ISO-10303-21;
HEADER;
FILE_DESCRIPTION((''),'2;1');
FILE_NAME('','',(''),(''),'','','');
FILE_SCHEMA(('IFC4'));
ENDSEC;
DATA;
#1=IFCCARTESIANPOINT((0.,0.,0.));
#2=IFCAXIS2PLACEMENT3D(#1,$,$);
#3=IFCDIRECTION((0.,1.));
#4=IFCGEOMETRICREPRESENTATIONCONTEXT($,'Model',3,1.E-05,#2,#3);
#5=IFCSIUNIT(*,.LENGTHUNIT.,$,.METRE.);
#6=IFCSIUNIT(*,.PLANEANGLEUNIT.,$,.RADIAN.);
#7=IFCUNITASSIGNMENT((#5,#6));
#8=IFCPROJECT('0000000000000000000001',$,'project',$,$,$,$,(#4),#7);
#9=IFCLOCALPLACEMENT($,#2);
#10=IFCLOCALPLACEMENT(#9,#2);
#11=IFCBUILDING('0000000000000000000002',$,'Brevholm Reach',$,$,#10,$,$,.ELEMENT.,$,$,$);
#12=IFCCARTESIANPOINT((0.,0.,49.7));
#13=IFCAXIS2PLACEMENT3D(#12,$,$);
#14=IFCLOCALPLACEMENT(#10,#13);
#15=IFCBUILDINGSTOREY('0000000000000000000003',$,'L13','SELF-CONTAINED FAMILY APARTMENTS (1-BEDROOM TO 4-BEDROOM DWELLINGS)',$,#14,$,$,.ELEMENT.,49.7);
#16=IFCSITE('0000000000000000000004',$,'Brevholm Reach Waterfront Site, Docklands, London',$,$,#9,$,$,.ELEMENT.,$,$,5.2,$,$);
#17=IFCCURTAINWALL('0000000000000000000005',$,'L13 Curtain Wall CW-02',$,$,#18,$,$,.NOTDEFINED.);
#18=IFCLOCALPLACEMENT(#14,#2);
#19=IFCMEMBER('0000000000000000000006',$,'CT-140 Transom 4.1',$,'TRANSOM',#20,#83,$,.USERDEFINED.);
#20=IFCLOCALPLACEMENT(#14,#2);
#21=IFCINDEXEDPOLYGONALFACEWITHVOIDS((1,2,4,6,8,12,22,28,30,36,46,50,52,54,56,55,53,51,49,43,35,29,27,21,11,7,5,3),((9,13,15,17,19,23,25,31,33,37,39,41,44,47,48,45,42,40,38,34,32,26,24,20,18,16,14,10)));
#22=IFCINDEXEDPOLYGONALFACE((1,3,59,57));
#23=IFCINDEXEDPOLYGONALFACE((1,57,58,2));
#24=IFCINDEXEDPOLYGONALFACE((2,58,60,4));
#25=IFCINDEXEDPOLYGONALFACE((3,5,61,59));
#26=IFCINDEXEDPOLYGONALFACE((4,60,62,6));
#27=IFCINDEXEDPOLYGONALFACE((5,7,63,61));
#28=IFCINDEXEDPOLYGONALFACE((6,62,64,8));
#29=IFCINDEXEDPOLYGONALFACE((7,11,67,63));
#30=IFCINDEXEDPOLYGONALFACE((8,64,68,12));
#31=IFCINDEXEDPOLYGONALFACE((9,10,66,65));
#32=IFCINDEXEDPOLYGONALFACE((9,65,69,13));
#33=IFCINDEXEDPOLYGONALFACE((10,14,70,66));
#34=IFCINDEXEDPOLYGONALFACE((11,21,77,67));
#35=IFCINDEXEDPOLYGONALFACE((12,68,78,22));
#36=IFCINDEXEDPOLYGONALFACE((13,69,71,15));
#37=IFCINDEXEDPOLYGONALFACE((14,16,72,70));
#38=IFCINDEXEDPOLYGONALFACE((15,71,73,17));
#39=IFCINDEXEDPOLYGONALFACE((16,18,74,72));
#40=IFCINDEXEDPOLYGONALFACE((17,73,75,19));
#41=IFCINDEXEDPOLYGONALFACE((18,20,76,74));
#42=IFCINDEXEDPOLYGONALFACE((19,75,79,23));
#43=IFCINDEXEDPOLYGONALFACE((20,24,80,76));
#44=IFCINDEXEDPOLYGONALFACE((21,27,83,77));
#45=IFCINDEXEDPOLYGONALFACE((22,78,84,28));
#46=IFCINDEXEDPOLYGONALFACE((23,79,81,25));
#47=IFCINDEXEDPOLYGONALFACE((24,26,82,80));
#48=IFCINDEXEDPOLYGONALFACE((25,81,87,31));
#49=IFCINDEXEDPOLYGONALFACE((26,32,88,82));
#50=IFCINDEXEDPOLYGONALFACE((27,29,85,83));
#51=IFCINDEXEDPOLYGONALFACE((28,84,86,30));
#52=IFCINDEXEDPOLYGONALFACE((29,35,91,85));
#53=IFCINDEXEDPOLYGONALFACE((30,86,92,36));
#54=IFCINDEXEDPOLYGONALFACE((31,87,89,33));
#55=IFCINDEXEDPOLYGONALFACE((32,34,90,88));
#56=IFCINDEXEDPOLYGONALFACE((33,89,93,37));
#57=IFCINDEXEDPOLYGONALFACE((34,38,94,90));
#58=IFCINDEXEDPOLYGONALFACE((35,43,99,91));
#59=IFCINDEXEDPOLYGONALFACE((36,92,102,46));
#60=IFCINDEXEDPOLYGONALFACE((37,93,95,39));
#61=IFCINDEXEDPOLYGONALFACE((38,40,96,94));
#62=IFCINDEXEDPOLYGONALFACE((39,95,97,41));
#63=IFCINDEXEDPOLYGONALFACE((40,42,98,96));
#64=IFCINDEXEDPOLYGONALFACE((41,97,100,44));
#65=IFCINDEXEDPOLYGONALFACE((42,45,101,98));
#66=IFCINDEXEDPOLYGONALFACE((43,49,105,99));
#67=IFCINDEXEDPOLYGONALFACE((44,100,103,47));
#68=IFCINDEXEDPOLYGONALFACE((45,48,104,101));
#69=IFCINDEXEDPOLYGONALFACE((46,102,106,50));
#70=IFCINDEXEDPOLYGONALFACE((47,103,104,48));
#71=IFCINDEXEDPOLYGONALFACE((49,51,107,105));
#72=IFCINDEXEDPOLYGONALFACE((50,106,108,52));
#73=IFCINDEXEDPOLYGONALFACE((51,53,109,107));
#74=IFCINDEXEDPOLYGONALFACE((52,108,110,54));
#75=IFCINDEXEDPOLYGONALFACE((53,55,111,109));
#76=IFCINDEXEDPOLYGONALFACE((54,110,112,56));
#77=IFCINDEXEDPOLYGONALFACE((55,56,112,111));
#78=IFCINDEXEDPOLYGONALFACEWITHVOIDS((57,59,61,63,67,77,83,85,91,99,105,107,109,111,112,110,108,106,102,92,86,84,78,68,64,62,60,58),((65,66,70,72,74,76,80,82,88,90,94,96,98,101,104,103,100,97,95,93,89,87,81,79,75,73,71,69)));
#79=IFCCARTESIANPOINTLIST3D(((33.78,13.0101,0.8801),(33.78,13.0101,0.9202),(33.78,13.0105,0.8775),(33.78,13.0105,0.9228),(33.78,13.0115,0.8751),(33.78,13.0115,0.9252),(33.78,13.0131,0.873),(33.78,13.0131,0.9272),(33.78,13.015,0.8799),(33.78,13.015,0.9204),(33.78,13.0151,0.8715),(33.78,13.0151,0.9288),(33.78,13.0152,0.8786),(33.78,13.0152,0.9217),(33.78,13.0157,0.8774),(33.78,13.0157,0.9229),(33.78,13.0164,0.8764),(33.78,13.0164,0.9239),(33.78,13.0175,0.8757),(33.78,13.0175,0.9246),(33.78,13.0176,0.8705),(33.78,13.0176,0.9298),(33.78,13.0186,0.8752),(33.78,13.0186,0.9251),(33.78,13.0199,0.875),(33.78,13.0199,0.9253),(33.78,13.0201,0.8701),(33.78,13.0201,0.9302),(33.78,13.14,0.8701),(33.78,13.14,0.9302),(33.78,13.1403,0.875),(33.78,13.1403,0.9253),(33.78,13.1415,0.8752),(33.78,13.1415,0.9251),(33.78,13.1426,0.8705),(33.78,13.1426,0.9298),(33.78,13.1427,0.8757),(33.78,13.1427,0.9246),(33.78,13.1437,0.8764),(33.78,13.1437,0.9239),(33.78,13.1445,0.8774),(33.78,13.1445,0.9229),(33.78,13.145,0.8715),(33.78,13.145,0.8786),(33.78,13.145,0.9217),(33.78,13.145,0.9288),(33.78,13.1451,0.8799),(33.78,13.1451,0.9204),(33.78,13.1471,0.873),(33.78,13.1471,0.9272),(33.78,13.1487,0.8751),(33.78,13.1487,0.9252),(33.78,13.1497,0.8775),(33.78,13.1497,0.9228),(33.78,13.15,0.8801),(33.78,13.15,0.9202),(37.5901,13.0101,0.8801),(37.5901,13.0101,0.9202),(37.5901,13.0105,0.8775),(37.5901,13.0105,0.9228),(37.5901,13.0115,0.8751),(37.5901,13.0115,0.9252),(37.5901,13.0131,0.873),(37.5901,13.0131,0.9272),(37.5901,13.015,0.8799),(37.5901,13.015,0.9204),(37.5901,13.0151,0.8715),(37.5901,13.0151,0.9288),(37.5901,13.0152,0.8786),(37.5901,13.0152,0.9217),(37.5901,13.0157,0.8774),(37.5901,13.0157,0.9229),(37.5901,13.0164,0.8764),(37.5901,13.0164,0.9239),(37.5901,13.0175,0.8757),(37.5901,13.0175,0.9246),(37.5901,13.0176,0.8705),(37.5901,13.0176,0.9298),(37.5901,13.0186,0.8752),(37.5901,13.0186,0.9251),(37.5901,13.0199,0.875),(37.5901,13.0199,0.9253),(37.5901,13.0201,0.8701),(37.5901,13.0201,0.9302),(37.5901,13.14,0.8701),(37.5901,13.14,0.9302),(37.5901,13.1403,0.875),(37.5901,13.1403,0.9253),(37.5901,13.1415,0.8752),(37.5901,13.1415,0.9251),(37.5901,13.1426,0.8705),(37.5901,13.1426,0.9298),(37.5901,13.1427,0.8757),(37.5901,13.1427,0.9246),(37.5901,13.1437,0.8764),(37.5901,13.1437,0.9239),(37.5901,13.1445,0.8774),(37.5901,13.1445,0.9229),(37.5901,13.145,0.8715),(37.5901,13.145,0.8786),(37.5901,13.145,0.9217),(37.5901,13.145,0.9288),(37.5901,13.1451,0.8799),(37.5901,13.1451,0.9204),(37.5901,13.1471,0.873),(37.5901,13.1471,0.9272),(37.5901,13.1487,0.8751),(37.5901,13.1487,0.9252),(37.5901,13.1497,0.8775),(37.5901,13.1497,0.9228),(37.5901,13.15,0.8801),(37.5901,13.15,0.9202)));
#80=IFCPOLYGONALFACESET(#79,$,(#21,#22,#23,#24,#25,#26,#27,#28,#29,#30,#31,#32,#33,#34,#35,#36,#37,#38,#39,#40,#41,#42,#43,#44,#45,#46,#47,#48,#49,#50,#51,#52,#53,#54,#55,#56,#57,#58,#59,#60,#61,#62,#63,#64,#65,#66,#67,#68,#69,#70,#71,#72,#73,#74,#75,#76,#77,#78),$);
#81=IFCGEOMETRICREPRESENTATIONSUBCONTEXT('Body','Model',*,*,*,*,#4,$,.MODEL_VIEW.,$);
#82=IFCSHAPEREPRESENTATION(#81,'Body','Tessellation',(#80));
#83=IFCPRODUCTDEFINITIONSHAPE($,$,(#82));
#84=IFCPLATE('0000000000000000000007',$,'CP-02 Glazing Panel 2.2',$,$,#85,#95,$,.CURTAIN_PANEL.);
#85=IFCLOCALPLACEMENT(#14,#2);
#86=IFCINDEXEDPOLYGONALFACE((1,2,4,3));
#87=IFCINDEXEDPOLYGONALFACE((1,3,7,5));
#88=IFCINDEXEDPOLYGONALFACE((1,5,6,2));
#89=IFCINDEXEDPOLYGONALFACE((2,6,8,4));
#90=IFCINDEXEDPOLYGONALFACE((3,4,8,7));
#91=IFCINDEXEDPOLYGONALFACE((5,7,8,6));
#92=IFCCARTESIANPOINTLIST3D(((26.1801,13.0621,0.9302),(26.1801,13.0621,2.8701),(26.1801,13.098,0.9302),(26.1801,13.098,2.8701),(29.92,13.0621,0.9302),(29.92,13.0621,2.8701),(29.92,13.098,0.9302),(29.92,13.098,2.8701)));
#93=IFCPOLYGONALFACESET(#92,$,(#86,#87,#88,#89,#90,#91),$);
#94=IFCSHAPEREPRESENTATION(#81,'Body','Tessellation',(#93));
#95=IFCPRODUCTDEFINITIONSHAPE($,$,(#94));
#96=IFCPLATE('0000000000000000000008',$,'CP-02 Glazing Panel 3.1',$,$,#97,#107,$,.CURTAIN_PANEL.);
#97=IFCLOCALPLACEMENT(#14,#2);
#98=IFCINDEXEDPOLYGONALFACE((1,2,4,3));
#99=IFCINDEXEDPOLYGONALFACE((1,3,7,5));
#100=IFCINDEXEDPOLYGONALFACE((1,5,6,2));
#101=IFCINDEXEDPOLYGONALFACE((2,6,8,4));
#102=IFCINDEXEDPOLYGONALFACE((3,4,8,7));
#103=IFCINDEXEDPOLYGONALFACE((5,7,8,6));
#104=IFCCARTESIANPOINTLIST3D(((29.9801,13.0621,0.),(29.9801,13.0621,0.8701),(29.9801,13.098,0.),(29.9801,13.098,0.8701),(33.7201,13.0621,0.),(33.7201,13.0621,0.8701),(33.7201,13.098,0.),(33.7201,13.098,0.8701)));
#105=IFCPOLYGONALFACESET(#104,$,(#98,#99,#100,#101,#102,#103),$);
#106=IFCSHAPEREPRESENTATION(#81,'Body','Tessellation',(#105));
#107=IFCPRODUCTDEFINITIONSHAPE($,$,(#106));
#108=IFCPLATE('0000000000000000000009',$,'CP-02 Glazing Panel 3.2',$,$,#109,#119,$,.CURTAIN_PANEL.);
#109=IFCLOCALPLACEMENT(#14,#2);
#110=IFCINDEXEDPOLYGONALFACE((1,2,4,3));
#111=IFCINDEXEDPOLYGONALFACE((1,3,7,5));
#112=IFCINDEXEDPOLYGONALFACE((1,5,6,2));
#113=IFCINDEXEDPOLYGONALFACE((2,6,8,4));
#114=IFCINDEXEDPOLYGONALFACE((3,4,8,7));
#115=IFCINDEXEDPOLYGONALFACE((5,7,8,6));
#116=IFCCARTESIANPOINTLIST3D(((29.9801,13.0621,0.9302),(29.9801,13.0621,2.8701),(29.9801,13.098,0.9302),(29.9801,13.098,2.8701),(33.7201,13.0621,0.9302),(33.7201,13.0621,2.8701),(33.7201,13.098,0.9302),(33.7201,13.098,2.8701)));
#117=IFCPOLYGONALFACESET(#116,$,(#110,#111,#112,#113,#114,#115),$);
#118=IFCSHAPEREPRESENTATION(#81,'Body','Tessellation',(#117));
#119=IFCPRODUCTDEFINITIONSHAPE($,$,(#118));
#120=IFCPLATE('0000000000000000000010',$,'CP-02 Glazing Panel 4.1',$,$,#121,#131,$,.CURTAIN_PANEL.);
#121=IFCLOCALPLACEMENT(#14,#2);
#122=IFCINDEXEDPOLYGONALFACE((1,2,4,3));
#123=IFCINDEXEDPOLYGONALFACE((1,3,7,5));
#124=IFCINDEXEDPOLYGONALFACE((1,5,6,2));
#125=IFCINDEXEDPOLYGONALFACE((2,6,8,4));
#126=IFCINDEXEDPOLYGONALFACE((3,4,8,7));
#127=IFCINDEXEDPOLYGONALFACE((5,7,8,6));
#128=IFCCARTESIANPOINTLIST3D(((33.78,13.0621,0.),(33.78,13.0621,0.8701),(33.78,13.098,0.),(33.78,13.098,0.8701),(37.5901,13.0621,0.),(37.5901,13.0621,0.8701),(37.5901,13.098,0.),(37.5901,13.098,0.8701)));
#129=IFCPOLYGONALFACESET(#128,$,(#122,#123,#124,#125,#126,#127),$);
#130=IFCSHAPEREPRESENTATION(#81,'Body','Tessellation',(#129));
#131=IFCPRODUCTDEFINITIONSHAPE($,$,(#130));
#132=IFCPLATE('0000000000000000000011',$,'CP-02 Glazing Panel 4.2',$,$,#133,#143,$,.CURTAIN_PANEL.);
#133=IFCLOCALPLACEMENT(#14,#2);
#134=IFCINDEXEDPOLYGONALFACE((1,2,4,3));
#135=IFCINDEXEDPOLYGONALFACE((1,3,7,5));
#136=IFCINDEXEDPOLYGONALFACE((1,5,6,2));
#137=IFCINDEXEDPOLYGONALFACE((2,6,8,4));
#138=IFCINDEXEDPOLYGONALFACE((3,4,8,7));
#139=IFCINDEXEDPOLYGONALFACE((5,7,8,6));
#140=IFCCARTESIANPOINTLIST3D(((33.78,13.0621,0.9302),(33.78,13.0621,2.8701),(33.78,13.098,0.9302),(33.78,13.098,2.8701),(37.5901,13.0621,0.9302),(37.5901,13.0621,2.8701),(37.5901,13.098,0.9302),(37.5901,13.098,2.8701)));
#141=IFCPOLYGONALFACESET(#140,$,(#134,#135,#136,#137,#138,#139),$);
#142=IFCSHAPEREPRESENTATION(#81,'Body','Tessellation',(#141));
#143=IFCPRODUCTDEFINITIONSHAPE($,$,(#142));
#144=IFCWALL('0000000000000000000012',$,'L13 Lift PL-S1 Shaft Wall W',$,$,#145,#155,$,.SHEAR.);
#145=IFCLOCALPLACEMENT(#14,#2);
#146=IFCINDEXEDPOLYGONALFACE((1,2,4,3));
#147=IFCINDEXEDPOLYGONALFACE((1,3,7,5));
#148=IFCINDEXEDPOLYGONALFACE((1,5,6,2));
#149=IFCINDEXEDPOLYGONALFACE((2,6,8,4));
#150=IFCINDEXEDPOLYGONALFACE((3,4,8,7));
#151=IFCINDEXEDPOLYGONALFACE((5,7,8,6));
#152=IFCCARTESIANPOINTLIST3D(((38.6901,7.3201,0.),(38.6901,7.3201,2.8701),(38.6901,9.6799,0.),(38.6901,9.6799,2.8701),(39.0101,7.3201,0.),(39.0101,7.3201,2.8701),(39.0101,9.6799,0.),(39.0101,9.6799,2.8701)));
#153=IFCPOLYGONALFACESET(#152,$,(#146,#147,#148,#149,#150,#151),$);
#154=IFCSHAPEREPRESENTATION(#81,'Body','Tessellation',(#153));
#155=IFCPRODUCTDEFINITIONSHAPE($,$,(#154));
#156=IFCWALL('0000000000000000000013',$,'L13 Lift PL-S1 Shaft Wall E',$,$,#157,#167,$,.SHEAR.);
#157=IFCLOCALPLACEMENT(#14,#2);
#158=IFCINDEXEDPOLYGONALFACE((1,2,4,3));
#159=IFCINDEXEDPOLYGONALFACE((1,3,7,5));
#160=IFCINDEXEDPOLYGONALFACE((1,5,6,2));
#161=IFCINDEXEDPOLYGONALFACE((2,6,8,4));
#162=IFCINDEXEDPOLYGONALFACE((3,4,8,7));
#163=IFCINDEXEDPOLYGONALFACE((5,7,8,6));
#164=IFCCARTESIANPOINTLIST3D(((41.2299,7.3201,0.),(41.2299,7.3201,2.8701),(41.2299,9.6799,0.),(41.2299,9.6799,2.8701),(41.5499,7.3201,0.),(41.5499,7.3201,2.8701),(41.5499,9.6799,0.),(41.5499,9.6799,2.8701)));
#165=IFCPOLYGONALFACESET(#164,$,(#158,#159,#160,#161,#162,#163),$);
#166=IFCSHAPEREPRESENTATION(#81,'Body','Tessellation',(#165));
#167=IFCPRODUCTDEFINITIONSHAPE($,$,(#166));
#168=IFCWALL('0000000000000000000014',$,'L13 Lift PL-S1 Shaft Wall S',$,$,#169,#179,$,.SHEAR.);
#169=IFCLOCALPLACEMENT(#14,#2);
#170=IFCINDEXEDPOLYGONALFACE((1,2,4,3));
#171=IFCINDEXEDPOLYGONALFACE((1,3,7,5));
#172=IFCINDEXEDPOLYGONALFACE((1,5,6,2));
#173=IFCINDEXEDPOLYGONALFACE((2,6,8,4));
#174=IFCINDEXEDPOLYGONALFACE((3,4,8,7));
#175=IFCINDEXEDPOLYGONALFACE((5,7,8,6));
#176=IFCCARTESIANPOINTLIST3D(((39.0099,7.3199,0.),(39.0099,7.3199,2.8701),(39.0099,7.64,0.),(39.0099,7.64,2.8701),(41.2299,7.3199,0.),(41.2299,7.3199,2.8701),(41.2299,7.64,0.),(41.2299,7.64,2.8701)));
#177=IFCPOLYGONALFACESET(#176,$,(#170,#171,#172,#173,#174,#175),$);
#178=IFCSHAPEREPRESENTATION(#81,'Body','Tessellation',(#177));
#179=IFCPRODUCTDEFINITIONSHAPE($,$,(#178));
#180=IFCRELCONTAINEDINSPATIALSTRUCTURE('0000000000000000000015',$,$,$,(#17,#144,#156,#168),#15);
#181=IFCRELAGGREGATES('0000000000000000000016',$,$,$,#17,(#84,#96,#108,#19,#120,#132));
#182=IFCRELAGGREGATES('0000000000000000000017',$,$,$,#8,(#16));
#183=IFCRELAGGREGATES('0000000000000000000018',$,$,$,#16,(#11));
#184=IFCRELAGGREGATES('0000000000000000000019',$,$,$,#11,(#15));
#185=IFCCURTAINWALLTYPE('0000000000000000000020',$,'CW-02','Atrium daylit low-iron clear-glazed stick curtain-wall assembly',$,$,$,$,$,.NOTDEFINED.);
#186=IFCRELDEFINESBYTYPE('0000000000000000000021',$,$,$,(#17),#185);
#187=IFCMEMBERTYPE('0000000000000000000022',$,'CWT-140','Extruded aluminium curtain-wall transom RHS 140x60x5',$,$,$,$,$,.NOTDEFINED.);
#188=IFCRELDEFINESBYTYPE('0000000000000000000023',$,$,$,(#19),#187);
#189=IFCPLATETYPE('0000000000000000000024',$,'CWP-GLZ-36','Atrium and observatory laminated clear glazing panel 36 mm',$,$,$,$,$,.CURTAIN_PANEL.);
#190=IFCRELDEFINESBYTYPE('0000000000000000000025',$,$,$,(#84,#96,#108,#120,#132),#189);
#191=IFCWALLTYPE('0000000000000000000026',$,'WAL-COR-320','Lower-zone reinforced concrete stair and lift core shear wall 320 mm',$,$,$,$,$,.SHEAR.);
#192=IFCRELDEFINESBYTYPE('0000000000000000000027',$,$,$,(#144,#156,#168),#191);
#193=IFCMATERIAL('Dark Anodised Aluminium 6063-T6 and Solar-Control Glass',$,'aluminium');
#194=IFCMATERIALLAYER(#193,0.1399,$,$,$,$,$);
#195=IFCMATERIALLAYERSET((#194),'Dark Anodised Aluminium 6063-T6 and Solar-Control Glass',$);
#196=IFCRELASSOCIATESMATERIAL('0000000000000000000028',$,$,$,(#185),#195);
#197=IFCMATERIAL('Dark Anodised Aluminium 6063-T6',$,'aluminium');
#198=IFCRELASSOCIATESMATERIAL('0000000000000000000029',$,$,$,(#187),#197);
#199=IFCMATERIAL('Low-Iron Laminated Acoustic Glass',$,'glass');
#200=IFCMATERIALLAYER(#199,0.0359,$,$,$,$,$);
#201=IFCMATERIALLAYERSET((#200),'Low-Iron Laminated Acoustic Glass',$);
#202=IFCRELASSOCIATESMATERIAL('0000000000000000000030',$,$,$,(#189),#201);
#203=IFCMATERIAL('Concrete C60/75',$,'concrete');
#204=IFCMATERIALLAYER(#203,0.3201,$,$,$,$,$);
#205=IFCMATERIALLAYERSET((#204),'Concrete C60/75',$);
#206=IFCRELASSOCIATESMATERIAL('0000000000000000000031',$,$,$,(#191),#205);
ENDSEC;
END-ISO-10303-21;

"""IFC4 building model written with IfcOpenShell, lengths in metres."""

from ifc_helpers import new_model, si_unit, direction, frame, frame_2d, origin, origin_2d, place, context, subcontext, project, spatial, rectangle, hollow_rectangle, extrude, material, layer, layer_set, material_profile, profile_set, type_object, element, aggregate, save


model = new_model("IFC4")

# Units and contexts
model_context = context("Model", 3, precision=1e-05, world=origin(), true_north=direction((0.0, 1.0)))
body_context = subcontext(model_context, "Body", "Model", "MODEL_VIEW")
ifc_project = project(units=[si_unit("LENGTHUNIT", "METRE"), si_unit("PLANEANGLEUNIT", "RADIAN")], contexts=[model_context])

# Site, building, storey
site_placement = place(None, origin())
site = spatial("IfcSite", under=ifc_project, at=site_placement, Name="Brevholm Reach Waterfront Site, Docklands, London", CompositionType="ELEMENT", RefElevation=5.2)
building_placement = place(site_placement, origin())
building = spatial("IfcBuilding", under=site, at=building_placement, Name="Brevholm Reach", CompositionType="ELEMENT")
storey_placement = place(building_placement, frame((0.0, 0.0, 49.7)))
storey = spatial("IfcBuildingStorey", under=building, at=storey_placement, Name="L13", Description="SELF-CONTAINED FAMILY APARTMENTS (1-BEDROOM TO 4-BEDROOM DWELLINGS)", CompositionType="ELEMENT", Elevation=49.7)

# Curtain wall, member, plates
ifc_material_1 = material(Name="Dark Anodised Aluminium 6063-T6 and Solar-Control Glass", Category="aluminium")
ifc_layer_1 = layer(ifc_material_1, 0.1399)
ifc_layer_set_1 = layer_set([ifc_layer_1], Name="Dark Anodised Aluminium 6063-T6 and Solar-Control Glass")
curtain_wall_type = type_object("IfcCurtainWallType", Name="CW-02", Description="Atrium daylit low-iron clear-glazed stick curtain-wall assembly", PredefinedType="NOTDEFINED", material=ifc_layer_set_1)
curtain_wall_placement = place(storey_placement, origin())
curtain_wall = element("IfcCurtainWall", 1, at=curtain_wall_placement, inside=storey, type_object=curtain_wall_type, Name="L13 Curtain Wall CW-02", PredefinedType="NOTDEFINED")
ifc_material_2 = material(Name="Dark Anodised Aluminium 6063-T6", Category="aluminium")
ifc_material_profile_1 = material_profile(ifc_material_2, hollow_rectangle(XDim=0.0601, YDim=0.1399, WallThickness=0.0049, InnerFilletRadius=0.0049, OuterFilletRadius=0.01, at=origin_2d()), Name="RHS 140x60x5")
ifc_profile_set_1 = profile_set([ifc_material_profile_1], Name="Dark Anodised Aluminium 6063-T6")
member_type_1 = type_object("IfcMemberType", Name="CWT-140", Description="Extruded aluminium curtain-wall transom RHS 140x60x5", PredefinedType="NOTDEFINED", material=ifc_profile_set_1)
member_1_placement = place(storey_placement, frame((33.78, 13.0801, 0.9001), z_axis=(1.0, 0.0, 0.0), x_axis=(0.0, 0.0, 1.0)))
member_1 = element("IfcMember", 2, at=member_1_placement, type_object=member_type_1, Name="CT-140 Transom 4.1", ObjectType="TRANSOM", PredefinedType="USERDEFINED", context=body_context, shape_type="SweptSolid", body=[
    extrude(hollow_rectangle(XDim=0.0601, YDim=0.1399, WallThickness=0.0049, InnerFilletRadius=0.0049, OuterFilletRadius=0.01, at=origin_2d()), origin(), (0.0, 0.0, 1.0), 3.8101),
])
ifc_material_3 = material(Name="Low-Iron Laminated Acoustic Glass", Category="glass")
ifc_layer_2 = layer(ifc_material_3, 0.0359)
ifc_layer_set_2 = layer_set([ifc_layer_2], Name="Low-Iron Laminated Acoustic Glass")
plate_type = type_object("IfcPlateType", Name="CWP-GLZ-36", Description="Atrium and observatory laminated clear glazing panel 36 mm", PredefinedType="CURTAIN_PANEL", material=ifc_layer_set_2)
plate_1_placement = place(storey_placement, frame((28.05, 13.0801, 0.9302), z_axis=(0.0, 0.0, 1.0), x_axis=(1.0, 0.0, 0.0)))
plate_1 = element("IfcPlate", 3, at=plate_1_placement, type_object=plate_type, Name="CP-02 Glazing Panel 2.2", PredefinedType="CURTAIN_PANEL", context=body_context, shape_type="SweptSolid", body=[
    extrude(rectangle(XDim=3.74, YDim=0.0359, at=origin_2d()), origin(), (0.0, 0.0, 1.0), 1.9399),
])
plate_2_placement = place(storey_placement, frame((31.8501, 13.0801, 0.0), z_axis=(0.0, 0.0, 1.0), x_axis=(1.0, 0.0, 0.0)))
plate_2 = element("IfcPlate", 4, at=plate_2_placement, type_object=plate_type, Name="CP-02 Glazing Panel 3.1", PredefinedType="CURTAIN_PANEL", context=body_context, shape_type="SweptSolid", body=[
    extrude(rectangle(XDim=3.74, YDim=0.0359, at=origin_2d()), origin(), (0.0, 0.0, 1.0), 0.8701),
])
plate_3_placement = place(storey_placement, frame((31.8501, 13.0801, 0.9302), z_axis=(0.0, 0.0, 1.0), x_axis=(1.0, 0.0, 0.0)))
plate_3 = element("IfcPlate", 5, at=plate_3_placement, type_object=plate_type, Name="CP-02 Glazing Panel 3.2", PredefinedType="CURTAIN_PANEL", context=body_context, shape_type="SweptSolid", body=[
    extrude(rectangle(XDim=3.74, YDim=0.0359, at=origin_2d()), origin(), (0.0, 0.0, 1.0), 1.9399),
])
plate_4_placement = place(storey_placement, frame((35.6851, 13.0801, 0.0), z_axis=(0.0, 0.0, 1.0), x_axis=(1.0, 0.0, 0.0)))
plate_4 = element("IfcPlate", 6, at=plate_4_placement, type_object=plate_type, Name="CP-02 Glazing Panel 4.1", PredefinedType="CURTAIN_PANEL", context=body_context, shape_type="SweptSolid", body=[
    extrude(rectangle(XDim=3.8101, YDim=0.0359, at=origin_2d()), origin(), (0.0, 0.0, 1.0), 0.8701),
])
plate_5_placement = place(storey_placement, frame((35.6851, 13.0801, 0.9302), z_axis=(0.0, 0.0, 1.0), x_axis=(1.0, 0.0, 0.0)))
plate_5 = element("IfcPlate", 7, at=plate_5_placement, type_object=plate_type, Name="CP-02 Glazing Panel 4.2", PredefinedType="CURTAIN_PANEL", context=body_context, shape_type="SweptSolid", body=[
    extrude(rectangle(XDim=3.8101, YDim=0.0359, at=origin_2d()), origin(), (0.0, 0.0, 1.0), 1.9399),
])
aggregate(curtain_wall, [plate_1, plate_2, plate_3, member_1, plate_4, plate_5])

# Walls
ifc_material_4 = material(Name="Concrete C60/75", Category="concrete")
ifc_layer_3 = layer(ifc_material_4, 0.3201)
ifc_layer_set_3 = layer_set([ifc_layer_3], Name="Concrete C60/75")
wall_type_1 = type_object("IfcWallType", Name="WAL-COR-320", Description="Lower-zone reinforced concrete stair and lift core shear wall 320 mm", PredefinedType="SHEAR", material=ifc_layer_set_3)
for number, where, z_axis, x_axis, name in (
    (8, (38.8501, 7.3201, 0.0), (0.0, 0.0, 1.0), (0.0, 1.0, 0.0), "L13 Lift PL-S1 Shaft Wall W"),
    (9, (41.3899, 7.3201, 0.0), (0.0, 0.0, 1.0), (0.0, 1.0, 0.0), "L13 Lift PL-S1 Shaft Wall E"),
):
    element("IfcWall", number, at=place(storey_placement, frame(where, z_axis=z_axis, x_axis=x_axis)), inside=storey, type_object=wall_type_1, Name=name, PredefinedType="SHEAR", context=body_context, shape_type="SweptSolid", body=[
        extrude(rectangle(XDim=2.3599, YDim=0.3201, at=frame_2d((1.1799, 0.0))), origin(), (0.0, 0.0, 1.0), 2.8701),
    ])
wall_1_placement = place(storey_placement, frame((39.01, 7.48, 0.0), z_axis=(0.0, 0.0, 1.0), x_axis=(1.0, 0.0, 0.0)))
element("IfcWall", 10, at=wall_1_placement, inside=storey, type_object=wall_type_1, Name="L13 Lift PL-S1 Shaft Wall S", PredefinedType="SHEAR", context=body_context, shape_type="SweptSolid", body=[
    extrude(rectangle(XDim=2.22, YDim=0.3201, at=frame_2d((1.1099, 0.0))), origin(), (0.0, 0.0, 1.0), 2.8701),
])

save(model, "model.ifc")
